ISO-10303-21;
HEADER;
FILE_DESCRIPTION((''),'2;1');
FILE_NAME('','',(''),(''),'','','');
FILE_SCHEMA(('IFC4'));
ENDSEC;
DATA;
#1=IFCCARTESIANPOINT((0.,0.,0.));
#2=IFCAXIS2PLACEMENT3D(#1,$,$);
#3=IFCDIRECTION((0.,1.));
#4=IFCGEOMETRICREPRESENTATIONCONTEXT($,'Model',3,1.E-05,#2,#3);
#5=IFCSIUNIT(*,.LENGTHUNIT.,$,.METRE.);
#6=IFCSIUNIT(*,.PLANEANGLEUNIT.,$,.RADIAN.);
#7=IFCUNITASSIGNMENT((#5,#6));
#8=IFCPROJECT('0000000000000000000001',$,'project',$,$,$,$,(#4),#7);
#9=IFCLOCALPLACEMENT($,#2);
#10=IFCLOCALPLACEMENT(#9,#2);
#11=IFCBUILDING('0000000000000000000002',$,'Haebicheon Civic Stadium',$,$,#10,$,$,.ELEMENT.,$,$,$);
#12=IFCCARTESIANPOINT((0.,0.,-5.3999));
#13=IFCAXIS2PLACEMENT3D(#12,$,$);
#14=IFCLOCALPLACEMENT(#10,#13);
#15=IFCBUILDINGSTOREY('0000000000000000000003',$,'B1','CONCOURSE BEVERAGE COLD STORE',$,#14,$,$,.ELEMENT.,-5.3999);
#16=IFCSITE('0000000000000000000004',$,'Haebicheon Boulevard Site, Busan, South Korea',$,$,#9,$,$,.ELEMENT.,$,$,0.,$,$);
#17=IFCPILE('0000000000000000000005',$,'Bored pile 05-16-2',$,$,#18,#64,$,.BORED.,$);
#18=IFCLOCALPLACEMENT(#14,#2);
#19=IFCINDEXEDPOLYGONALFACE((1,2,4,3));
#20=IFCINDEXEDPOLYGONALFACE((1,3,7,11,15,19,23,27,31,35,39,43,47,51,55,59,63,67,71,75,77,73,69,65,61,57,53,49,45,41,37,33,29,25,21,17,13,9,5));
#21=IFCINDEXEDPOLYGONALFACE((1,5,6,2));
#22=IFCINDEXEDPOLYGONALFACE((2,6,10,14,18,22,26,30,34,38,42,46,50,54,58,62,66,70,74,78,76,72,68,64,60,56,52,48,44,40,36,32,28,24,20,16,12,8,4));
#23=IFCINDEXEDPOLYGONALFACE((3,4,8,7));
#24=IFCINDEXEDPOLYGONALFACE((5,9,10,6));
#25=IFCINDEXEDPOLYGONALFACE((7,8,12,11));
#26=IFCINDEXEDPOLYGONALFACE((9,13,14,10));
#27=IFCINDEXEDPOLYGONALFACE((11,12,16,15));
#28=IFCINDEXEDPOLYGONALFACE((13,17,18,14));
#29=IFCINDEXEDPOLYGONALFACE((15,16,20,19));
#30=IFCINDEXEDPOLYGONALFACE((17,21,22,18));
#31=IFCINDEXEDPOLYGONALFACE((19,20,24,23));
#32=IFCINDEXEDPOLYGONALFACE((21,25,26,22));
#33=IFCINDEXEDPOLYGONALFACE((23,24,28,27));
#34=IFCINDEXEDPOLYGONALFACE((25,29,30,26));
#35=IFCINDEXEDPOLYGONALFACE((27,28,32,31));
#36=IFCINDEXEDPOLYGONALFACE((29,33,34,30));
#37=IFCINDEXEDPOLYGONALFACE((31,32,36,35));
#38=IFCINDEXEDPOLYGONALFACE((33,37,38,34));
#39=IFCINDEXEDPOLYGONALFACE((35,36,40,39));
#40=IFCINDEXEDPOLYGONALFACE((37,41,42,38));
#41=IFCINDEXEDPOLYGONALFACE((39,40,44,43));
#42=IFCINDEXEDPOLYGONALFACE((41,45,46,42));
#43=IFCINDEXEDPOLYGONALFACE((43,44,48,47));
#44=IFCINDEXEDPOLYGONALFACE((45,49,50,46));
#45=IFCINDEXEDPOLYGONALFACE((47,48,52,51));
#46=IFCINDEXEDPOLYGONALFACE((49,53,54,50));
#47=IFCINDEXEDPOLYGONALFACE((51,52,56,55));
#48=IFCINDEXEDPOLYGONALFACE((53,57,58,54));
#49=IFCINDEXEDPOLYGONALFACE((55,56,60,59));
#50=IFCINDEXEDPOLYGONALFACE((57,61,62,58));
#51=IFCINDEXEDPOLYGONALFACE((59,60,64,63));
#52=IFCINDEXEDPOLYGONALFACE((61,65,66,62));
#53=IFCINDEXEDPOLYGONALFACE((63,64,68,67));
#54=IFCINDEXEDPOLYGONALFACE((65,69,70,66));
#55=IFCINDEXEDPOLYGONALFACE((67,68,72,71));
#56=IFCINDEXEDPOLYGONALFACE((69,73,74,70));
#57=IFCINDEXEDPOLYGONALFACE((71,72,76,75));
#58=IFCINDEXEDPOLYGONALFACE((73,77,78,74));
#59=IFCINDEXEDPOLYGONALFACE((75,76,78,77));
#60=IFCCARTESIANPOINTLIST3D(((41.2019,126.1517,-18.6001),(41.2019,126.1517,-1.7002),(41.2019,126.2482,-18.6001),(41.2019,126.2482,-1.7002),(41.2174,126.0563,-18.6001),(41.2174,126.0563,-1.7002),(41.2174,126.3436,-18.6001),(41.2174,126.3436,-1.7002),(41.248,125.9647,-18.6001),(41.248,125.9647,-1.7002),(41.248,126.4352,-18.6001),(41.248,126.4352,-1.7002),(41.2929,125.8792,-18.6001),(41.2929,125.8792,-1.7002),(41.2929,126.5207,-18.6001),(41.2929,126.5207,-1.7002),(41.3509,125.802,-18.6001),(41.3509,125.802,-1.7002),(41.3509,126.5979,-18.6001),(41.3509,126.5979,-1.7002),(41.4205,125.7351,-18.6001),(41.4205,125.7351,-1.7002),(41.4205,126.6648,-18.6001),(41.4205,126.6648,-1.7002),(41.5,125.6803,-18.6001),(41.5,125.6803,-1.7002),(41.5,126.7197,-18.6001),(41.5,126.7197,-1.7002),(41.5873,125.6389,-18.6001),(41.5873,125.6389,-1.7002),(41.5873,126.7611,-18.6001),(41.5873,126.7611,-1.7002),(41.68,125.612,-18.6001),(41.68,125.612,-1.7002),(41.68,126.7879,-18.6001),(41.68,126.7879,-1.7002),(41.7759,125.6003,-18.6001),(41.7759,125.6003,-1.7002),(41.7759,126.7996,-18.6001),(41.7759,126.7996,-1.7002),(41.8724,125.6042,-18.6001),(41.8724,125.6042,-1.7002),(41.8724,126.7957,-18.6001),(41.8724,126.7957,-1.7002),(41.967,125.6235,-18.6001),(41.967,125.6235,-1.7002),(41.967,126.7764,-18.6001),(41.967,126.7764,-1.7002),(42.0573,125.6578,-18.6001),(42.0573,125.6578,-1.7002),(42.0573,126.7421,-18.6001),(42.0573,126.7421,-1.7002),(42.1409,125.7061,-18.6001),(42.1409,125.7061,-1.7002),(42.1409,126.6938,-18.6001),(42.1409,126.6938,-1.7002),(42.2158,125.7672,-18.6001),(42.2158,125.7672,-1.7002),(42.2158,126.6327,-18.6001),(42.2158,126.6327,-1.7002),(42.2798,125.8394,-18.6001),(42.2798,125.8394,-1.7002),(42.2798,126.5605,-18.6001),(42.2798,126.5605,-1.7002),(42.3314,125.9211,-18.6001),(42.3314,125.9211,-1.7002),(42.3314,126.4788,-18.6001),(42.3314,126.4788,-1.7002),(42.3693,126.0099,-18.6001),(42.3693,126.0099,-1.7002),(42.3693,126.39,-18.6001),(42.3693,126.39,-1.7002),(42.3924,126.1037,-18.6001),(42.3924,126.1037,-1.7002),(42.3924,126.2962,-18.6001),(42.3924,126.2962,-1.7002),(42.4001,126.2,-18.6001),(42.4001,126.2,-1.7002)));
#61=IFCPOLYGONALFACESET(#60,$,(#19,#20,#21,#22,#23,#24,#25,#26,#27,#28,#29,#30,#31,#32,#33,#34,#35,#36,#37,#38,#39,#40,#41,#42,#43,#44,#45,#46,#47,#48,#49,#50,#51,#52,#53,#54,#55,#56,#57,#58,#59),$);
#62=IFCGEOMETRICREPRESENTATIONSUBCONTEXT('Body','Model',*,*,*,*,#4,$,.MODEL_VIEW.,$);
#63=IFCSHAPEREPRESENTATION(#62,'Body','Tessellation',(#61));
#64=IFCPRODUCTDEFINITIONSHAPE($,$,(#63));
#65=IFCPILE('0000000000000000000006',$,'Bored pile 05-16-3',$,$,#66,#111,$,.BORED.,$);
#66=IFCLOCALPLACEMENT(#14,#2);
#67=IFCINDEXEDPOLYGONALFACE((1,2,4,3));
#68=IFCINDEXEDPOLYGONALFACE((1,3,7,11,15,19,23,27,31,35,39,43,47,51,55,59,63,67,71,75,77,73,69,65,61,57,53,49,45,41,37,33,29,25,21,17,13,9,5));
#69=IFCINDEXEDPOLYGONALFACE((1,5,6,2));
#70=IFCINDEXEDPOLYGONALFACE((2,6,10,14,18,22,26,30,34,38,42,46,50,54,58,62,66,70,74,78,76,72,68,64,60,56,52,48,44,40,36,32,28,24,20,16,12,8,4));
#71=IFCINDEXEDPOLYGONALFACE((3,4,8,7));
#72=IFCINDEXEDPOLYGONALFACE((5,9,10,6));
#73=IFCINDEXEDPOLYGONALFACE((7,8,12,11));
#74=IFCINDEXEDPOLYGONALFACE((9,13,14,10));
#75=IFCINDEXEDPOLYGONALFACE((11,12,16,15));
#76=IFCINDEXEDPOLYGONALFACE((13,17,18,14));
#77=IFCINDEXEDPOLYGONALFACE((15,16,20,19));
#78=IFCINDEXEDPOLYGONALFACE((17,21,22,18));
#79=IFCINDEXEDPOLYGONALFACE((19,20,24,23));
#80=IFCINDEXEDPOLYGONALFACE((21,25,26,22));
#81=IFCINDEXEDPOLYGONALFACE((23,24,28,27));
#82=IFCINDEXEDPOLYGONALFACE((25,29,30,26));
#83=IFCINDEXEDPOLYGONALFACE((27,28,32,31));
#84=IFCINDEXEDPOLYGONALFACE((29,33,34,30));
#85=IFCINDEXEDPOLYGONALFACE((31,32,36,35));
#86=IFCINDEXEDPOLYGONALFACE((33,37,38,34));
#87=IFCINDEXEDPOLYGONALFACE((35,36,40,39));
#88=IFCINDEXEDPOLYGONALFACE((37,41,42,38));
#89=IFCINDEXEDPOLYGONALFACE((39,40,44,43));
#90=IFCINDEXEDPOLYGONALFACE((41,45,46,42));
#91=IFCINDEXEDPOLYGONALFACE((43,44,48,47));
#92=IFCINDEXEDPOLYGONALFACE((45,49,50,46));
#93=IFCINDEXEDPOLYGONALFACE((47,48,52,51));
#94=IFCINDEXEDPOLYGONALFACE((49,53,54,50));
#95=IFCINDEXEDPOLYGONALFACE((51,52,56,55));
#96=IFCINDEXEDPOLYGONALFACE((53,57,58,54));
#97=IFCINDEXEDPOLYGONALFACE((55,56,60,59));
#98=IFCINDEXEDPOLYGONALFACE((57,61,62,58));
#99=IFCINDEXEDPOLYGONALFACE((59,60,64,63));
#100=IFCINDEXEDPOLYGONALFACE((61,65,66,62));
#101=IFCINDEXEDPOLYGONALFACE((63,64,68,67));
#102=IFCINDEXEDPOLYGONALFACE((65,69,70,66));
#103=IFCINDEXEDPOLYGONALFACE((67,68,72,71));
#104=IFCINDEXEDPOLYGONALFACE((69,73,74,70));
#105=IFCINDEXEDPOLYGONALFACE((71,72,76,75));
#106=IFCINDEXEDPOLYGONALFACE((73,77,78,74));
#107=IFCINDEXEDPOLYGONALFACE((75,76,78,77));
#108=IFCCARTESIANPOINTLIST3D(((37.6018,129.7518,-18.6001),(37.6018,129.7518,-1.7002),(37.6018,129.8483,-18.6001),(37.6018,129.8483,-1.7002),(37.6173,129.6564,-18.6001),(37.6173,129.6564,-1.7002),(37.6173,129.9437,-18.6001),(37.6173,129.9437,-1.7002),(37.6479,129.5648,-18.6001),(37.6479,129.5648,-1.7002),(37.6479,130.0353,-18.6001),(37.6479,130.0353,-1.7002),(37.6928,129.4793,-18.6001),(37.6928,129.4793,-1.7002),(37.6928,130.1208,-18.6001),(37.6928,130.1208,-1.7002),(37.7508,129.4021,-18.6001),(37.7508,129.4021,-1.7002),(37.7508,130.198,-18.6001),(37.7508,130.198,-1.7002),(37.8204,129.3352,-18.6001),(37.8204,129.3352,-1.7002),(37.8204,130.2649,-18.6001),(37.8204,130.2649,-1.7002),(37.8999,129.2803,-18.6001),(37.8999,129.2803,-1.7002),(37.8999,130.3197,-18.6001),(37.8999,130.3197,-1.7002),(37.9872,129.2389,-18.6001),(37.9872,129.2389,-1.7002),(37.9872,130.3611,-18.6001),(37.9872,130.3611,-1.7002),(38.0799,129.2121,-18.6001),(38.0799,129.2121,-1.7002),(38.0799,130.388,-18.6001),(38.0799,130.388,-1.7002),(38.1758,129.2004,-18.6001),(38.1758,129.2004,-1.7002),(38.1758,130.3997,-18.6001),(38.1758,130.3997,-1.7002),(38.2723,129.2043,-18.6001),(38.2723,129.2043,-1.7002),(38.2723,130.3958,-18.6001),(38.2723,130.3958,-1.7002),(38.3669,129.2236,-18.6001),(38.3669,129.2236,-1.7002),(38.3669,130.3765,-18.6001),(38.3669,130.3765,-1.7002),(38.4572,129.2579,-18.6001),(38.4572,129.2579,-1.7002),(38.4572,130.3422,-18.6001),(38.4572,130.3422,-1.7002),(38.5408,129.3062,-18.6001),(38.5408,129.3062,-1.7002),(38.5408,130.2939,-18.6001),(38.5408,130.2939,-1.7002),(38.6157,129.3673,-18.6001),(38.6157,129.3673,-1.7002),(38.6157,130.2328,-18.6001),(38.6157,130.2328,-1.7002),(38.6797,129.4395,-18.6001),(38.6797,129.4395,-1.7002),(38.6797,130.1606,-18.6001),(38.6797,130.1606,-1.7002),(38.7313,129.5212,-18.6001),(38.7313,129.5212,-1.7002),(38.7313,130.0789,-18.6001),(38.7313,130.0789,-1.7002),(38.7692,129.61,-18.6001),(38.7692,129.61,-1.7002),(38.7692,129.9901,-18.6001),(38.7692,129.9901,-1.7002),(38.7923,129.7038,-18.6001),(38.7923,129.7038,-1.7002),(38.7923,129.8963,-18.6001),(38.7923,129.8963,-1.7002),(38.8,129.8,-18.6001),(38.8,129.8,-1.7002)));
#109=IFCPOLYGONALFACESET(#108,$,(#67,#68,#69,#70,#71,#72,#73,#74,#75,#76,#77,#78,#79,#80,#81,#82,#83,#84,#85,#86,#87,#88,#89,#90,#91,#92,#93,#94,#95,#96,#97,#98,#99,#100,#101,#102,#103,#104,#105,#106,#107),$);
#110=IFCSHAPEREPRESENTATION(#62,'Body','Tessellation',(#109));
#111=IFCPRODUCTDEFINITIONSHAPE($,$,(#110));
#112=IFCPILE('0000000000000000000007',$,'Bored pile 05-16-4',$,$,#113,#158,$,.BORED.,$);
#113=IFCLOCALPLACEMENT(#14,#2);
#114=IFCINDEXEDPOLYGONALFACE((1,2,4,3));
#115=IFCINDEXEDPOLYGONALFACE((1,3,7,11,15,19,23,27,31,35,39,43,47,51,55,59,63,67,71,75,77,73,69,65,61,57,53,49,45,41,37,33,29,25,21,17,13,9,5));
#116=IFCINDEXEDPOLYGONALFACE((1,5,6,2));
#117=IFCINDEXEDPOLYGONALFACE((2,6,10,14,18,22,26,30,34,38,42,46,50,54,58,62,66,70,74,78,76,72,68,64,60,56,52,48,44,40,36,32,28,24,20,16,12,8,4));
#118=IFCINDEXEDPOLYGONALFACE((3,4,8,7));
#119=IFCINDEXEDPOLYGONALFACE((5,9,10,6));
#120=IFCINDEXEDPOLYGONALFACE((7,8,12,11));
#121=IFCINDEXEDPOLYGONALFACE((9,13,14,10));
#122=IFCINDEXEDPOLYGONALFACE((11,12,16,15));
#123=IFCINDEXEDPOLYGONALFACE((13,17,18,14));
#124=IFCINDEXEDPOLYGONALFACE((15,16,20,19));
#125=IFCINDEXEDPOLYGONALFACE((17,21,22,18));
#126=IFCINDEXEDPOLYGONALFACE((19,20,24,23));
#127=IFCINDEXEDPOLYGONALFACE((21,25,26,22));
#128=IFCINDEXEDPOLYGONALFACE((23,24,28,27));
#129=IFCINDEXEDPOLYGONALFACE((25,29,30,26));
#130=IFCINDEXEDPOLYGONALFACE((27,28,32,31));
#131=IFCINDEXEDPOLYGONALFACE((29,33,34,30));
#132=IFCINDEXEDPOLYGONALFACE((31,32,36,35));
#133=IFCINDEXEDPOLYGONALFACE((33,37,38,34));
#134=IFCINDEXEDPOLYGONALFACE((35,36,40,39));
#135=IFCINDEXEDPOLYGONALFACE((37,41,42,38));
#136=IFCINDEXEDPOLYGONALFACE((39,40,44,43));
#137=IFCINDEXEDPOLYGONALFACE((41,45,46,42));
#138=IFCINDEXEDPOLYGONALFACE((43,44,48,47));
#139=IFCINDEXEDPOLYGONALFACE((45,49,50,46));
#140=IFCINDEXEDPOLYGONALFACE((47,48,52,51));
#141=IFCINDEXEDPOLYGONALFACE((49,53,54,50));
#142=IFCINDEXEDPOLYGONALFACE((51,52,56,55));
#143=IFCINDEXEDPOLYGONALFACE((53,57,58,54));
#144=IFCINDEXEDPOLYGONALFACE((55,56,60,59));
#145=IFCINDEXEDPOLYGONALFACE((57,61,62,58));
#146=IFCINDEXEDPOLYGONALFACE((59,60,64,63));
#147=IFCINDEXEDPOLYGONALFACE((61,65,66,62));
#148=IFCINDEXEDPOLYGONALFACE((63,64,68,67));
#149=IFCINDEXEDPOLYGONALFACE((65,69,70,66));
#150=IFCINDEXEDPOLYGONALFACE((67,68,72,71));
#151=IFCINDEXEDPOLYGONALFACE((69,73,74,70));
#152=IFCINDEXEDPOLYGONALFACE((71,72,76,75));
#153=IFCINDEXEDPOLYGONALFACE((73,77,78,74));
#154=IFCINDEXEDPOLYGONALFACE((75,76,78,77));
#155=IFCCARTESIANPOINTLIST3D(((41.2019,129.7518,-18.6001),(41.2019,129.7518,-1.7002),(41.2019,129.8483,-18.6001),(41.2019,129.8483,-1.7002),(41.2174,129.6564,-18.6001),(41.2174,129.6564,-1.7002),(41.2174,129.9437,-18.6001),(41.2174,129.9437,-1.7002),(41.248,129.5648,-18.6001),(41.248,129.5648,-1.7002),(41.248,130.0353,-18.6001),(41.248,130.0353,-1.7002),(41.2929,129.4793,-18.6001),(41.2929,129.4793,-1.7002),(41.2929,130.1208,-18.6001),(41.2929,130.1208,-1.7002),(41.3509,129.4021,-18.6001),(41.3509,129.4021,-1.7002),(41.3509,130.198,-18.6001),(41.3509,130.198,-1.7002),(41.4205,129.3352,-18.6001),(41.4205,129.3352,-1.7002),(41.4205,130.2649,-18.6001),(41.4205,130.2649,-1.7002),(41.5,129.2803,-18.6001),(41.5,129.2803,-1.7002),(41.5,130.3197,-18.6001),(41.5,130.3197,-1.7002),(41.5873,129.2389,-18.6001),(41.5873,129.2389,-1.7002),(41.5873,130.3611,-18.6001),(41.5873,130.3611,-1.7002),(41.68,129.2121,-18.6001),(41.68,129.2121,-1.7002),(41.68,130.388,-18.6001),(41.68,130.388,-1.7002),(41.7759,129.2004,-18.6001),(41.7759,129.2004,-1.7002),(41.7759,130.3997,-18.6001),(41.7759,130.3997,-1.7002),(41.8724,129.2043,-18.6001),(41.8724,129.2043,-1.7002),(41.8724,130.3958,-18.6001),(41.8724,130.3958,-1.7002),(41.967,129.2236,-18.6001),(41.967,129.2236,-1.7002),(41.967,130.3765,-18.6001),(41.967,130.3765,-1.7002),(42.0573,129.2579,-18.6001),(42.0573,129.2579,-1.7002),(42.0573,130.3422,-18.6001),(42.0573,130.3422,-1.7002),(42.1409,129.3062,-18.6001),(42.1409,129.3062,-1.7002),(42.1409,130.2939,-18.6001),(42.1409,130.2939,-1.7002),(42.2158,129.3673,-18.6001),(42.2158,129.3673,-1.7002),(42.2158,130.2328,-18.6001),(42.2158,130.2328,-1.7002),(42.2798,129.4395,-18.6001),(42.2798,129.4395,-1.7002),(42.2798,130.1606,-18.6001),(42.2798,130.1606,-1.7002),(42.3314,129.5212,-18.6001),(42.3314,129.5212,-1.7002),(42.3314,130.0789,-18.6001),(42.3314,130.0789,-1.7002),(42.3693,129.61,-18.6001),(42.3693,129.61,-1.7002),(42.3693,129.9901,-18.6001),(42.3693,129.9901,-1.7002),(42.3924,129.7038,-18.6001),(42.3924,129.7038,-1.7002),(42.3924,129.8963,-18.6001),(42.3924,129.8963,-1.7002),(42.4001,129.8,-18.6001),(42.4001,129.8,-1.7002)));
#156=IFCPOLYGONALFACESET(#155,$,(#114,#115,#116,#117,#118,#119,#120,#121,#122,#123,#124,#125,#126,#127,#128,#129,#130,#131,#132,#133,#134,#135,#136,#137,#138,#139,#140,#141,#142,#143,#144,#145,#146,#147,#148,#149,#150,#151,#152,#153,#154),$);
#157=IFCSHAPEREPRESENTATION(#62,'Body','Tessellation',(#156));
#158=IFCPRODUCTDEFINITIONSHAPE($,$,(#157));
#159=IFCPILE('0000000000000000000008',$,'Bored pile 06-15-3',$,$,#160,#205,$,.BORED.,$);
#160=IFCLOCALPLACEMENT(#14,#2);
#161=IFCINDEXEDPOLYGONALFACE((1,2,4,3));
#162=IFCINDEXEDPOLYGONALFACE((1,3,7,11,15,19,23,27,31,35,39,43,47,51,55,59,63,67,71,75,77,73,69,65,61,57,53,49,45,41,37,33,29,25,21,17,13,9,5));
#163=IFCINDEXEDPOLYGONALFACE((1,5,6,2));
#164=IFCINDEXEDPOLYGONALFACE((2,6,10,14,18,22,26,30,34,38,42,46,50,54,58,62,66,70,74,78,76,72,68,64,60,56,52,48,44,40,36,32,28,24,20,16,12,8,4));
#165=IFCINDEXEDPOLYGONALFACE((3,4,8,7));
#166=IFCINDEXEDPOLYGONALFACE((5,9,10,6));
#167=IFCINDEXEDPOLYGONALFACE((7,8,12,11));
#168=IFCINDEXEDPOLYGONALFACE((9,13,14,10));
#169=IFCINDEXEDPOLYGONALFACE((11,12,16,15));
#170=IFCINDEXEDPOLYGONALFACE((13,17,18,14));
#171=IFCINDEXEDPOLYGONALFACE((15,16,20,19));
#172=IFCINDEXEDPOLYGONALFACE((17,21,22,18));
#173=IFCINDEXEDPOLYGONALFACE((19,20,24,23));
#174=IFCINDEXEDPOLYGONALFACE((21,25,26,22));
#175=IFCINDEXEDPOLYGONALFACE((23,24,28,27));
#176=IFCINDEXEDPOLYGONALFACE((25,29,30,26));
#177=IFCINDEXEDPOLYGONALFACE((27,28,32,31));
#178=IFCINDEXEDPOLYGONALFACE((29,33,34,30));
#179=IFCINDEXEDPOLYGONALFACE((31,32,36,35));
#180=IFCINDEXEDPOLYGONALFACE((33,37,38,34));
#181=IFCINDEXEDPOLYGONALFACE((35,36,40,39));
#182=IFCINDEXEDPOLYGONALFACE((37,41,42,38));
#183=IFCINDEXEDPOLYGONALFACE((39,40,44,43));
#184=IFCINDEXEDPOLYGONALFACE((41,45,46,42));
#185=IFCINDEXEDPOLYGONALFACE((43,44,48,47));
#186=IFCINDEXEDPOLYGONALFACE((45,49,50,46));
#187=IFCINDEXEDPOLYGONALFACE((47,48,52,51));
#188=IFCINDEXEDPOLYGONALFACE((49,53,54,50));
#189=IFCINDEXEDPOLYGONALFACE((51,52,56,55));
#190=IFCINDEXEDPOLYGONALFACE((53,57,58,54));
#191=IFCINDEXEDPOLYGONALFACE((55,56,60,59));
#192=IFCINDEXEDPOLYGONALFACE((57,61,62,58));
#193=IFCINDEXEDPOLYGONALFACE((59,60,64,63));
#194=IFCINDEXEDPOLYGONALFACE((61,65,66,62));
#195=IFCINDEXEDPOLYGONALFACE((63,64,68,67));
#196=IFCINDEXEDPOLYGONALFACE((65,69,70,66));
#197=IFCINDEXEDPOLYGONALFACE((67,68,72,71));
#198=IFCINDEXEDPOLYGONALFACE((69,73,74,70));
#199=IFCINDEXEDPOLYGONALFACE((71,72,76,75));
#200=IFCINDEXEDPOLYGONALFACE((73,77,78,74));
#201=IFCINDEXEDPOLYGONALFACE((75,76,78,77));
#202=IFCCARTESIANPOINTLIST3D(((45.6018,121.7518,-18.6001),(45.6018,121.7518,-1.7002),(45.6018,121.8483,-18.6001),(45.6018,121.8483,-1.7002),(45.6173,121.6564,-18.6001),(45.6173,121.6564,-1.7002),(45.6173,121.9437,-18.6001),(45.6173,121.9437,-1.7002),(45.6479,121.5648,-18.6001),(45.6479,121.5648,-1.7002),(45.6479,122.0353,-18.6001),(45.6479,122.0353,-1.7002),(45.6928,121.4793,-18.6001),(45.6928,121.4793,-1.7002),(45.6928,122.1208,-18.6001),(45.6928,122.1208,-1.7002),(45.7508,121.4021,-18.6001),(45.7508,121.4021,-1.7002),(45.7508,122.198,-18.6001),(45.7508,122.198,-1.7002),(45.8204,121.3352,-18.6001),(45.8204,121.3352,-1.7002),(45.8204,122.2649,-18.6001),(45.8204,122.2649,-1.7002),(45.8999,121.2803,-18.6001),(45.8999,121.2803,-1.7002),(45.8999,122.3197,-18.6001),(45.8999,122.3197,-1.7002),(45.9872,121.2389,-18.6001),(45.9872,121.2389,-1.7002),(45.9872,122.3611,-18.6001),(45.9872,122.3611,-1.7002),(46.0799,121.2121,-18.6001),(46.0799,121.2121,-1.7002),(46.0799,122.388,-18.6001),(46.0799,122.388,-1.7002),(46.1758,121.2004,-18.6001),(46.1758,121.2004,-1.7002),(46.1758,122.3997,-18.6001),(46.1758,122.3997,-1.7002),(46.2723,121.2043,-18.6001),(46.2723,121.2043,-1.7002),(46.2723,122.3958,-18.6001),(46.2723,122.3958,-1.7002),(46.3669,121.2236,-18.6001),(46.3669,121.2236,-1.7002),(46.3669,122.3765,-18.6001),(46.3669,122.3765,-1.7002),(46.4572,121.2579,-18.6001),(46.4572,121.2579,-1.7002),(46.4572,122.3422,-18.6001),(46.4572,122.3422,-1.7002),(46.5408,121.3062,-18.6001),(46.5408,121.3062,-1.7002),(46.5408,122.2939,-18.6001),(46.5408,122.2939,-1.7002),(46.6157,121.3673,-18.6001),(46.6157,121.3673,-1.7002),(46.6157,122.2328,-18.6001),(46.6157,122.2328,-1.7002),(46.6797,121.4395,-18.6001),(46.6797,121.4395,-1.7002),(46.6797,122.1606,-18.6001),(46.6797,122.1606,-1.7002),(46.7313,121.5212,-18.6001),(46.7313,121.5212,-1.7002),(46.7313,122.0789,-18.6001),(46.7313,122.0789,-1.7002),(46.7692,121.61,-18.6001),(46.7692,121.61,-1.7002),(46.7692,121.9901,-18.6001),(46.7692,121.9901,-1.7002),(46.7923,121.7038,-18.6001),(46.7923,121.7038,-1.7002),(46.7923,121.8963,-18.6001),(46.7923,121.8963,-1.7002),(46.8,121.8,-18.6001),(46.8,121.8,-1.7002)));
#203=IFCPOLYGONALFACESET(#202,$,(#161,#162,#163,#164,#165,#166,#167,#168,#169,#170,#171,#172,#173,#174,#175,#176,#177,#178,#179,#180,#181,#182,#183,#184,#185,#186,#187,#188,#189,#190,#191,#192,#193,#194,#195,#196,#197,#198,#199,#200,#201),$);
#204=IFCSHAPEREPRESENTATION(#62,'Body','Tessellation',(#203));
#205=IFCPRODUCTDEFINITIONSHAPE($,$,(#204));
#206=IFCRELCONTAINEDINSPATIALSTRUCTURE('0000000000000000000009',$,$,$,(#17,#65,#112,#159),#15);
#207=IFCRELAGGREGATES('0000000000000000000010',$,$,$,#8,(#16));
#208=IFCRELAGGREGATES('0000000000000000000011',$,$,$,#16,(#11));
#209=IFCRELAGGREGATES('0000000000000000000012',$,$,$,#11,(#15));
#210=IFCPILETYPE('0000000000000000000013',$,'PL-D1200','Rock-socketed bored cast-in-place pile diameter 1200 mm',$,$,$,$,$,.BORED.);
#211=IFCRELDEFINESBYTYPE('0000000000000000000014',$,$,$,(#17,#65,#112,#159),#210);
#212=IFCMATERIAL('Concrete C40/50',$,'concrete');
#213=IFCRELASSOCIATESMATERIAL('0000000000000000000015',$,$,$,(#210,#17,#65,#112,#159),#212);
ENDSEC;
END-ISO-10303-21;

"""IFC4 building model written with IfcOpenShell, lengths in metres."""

from ifc_helpers import new_model, si_unit, direction, frame, origin, origin_2d, place, context, subcontext, project, spatial, circle, extrude, material, material_profile, profile_set, type_object, element, save


model = new_model("IFC4")

# Units and contexts
model_context = context("Model", 3, precision=1e-05, world=origin(), true_north=direction((0.0, 1.0)))
body_context = subcontext(model_context, "Body", "Model", "MODEL_VIEW")
ifc_project = project(units=[si_unit("LENGTHUNIT", "METRE"), si_unit("PLANEANGLEUNIT", "RADIAN")], contexts=[model_context])

# Site, building, storey
site_placement = place(None, origin())
site = spatial("IfcSite", under=ifc_project, at=site_placement, Name="Haebicheon Boulevard Site, Busan, South Korea", CompositionType="ELEMENT", RefElevation=0.0)
building_placement = place(site_placement, origin())
building = spatial("IfcBuilding", under=site, at=building_placement, Name="Haebicheon Civic Stadium", CompositionType="ELEMENT")
storey_placement = place(building_placement, frame((0.0, 0.0, -5.3999)))
storey = spatial("IfcBuildingStorey", under=building, at=storey_placement, Name="B1", Description="CONCOURSE BEVERAGE COLD STORE", CompositionType="ELEMENT", Elevation=-5.3999)

# Piles
ifc_material_1 = material(Name="Concrete C40/50", Category="concrete")
ifc_material_profile_1 = material_profile(ifc_material_1, circle(Radius=0.6001, at=origin_2d()), Name="PILE-D1200")
ifc_profile_set_1 = profile_set([ifc_material_profile_1], Name="Concrete C40/50")
pile_type = type_object("IfcPileType", Name="PL-D1200", Description="Rock-socketed bored cast-in-place pile diameter 1200 mm", PredefinedType="BORED", material=ifc_profile_set_1)
for number, where, z_axis, x_axis, name in (
    (1, (41.8, 126.2, -1.7002), (0.0, 0.0, -1.0), (1.0, 0.0, 0.0), "Bored pile 05-16-2"),
    (2, (38.2, 129.8, -1.7002), (0.0, 0.0, -1.0), (1.0, 0.0, 0.0), "Bored pile 05-16-3"),
    (3, (41.8, 129.8, -1.7002), (0.0, 0.0, -1.0), (1.0, 0.0, 0.0), "Bored pile 05-16-4"),
    (4, (46.2, 121.8, -1.7002), (0.0, 0.0, -1.0), (1.0, 0.0, 0.0), "Bored pile 06-15-3"),
):
    element("IfcPile", number, at=place(storey_placement, frame(where, z_axis=z_axis, x_axis=x_axis)), inside=storey, type_object=pile_type, material=ifc_profile_set_1, Name=name, PredefinedType="BORED", context=body_context, shape_type="SweptSolid", body=[
        extrude(circle(Radius=0.6001, at=origin_2d()), origin(), (0.0, 0.0, 1.0), 16.8999),
    ])

save(model, "model.ifc")
